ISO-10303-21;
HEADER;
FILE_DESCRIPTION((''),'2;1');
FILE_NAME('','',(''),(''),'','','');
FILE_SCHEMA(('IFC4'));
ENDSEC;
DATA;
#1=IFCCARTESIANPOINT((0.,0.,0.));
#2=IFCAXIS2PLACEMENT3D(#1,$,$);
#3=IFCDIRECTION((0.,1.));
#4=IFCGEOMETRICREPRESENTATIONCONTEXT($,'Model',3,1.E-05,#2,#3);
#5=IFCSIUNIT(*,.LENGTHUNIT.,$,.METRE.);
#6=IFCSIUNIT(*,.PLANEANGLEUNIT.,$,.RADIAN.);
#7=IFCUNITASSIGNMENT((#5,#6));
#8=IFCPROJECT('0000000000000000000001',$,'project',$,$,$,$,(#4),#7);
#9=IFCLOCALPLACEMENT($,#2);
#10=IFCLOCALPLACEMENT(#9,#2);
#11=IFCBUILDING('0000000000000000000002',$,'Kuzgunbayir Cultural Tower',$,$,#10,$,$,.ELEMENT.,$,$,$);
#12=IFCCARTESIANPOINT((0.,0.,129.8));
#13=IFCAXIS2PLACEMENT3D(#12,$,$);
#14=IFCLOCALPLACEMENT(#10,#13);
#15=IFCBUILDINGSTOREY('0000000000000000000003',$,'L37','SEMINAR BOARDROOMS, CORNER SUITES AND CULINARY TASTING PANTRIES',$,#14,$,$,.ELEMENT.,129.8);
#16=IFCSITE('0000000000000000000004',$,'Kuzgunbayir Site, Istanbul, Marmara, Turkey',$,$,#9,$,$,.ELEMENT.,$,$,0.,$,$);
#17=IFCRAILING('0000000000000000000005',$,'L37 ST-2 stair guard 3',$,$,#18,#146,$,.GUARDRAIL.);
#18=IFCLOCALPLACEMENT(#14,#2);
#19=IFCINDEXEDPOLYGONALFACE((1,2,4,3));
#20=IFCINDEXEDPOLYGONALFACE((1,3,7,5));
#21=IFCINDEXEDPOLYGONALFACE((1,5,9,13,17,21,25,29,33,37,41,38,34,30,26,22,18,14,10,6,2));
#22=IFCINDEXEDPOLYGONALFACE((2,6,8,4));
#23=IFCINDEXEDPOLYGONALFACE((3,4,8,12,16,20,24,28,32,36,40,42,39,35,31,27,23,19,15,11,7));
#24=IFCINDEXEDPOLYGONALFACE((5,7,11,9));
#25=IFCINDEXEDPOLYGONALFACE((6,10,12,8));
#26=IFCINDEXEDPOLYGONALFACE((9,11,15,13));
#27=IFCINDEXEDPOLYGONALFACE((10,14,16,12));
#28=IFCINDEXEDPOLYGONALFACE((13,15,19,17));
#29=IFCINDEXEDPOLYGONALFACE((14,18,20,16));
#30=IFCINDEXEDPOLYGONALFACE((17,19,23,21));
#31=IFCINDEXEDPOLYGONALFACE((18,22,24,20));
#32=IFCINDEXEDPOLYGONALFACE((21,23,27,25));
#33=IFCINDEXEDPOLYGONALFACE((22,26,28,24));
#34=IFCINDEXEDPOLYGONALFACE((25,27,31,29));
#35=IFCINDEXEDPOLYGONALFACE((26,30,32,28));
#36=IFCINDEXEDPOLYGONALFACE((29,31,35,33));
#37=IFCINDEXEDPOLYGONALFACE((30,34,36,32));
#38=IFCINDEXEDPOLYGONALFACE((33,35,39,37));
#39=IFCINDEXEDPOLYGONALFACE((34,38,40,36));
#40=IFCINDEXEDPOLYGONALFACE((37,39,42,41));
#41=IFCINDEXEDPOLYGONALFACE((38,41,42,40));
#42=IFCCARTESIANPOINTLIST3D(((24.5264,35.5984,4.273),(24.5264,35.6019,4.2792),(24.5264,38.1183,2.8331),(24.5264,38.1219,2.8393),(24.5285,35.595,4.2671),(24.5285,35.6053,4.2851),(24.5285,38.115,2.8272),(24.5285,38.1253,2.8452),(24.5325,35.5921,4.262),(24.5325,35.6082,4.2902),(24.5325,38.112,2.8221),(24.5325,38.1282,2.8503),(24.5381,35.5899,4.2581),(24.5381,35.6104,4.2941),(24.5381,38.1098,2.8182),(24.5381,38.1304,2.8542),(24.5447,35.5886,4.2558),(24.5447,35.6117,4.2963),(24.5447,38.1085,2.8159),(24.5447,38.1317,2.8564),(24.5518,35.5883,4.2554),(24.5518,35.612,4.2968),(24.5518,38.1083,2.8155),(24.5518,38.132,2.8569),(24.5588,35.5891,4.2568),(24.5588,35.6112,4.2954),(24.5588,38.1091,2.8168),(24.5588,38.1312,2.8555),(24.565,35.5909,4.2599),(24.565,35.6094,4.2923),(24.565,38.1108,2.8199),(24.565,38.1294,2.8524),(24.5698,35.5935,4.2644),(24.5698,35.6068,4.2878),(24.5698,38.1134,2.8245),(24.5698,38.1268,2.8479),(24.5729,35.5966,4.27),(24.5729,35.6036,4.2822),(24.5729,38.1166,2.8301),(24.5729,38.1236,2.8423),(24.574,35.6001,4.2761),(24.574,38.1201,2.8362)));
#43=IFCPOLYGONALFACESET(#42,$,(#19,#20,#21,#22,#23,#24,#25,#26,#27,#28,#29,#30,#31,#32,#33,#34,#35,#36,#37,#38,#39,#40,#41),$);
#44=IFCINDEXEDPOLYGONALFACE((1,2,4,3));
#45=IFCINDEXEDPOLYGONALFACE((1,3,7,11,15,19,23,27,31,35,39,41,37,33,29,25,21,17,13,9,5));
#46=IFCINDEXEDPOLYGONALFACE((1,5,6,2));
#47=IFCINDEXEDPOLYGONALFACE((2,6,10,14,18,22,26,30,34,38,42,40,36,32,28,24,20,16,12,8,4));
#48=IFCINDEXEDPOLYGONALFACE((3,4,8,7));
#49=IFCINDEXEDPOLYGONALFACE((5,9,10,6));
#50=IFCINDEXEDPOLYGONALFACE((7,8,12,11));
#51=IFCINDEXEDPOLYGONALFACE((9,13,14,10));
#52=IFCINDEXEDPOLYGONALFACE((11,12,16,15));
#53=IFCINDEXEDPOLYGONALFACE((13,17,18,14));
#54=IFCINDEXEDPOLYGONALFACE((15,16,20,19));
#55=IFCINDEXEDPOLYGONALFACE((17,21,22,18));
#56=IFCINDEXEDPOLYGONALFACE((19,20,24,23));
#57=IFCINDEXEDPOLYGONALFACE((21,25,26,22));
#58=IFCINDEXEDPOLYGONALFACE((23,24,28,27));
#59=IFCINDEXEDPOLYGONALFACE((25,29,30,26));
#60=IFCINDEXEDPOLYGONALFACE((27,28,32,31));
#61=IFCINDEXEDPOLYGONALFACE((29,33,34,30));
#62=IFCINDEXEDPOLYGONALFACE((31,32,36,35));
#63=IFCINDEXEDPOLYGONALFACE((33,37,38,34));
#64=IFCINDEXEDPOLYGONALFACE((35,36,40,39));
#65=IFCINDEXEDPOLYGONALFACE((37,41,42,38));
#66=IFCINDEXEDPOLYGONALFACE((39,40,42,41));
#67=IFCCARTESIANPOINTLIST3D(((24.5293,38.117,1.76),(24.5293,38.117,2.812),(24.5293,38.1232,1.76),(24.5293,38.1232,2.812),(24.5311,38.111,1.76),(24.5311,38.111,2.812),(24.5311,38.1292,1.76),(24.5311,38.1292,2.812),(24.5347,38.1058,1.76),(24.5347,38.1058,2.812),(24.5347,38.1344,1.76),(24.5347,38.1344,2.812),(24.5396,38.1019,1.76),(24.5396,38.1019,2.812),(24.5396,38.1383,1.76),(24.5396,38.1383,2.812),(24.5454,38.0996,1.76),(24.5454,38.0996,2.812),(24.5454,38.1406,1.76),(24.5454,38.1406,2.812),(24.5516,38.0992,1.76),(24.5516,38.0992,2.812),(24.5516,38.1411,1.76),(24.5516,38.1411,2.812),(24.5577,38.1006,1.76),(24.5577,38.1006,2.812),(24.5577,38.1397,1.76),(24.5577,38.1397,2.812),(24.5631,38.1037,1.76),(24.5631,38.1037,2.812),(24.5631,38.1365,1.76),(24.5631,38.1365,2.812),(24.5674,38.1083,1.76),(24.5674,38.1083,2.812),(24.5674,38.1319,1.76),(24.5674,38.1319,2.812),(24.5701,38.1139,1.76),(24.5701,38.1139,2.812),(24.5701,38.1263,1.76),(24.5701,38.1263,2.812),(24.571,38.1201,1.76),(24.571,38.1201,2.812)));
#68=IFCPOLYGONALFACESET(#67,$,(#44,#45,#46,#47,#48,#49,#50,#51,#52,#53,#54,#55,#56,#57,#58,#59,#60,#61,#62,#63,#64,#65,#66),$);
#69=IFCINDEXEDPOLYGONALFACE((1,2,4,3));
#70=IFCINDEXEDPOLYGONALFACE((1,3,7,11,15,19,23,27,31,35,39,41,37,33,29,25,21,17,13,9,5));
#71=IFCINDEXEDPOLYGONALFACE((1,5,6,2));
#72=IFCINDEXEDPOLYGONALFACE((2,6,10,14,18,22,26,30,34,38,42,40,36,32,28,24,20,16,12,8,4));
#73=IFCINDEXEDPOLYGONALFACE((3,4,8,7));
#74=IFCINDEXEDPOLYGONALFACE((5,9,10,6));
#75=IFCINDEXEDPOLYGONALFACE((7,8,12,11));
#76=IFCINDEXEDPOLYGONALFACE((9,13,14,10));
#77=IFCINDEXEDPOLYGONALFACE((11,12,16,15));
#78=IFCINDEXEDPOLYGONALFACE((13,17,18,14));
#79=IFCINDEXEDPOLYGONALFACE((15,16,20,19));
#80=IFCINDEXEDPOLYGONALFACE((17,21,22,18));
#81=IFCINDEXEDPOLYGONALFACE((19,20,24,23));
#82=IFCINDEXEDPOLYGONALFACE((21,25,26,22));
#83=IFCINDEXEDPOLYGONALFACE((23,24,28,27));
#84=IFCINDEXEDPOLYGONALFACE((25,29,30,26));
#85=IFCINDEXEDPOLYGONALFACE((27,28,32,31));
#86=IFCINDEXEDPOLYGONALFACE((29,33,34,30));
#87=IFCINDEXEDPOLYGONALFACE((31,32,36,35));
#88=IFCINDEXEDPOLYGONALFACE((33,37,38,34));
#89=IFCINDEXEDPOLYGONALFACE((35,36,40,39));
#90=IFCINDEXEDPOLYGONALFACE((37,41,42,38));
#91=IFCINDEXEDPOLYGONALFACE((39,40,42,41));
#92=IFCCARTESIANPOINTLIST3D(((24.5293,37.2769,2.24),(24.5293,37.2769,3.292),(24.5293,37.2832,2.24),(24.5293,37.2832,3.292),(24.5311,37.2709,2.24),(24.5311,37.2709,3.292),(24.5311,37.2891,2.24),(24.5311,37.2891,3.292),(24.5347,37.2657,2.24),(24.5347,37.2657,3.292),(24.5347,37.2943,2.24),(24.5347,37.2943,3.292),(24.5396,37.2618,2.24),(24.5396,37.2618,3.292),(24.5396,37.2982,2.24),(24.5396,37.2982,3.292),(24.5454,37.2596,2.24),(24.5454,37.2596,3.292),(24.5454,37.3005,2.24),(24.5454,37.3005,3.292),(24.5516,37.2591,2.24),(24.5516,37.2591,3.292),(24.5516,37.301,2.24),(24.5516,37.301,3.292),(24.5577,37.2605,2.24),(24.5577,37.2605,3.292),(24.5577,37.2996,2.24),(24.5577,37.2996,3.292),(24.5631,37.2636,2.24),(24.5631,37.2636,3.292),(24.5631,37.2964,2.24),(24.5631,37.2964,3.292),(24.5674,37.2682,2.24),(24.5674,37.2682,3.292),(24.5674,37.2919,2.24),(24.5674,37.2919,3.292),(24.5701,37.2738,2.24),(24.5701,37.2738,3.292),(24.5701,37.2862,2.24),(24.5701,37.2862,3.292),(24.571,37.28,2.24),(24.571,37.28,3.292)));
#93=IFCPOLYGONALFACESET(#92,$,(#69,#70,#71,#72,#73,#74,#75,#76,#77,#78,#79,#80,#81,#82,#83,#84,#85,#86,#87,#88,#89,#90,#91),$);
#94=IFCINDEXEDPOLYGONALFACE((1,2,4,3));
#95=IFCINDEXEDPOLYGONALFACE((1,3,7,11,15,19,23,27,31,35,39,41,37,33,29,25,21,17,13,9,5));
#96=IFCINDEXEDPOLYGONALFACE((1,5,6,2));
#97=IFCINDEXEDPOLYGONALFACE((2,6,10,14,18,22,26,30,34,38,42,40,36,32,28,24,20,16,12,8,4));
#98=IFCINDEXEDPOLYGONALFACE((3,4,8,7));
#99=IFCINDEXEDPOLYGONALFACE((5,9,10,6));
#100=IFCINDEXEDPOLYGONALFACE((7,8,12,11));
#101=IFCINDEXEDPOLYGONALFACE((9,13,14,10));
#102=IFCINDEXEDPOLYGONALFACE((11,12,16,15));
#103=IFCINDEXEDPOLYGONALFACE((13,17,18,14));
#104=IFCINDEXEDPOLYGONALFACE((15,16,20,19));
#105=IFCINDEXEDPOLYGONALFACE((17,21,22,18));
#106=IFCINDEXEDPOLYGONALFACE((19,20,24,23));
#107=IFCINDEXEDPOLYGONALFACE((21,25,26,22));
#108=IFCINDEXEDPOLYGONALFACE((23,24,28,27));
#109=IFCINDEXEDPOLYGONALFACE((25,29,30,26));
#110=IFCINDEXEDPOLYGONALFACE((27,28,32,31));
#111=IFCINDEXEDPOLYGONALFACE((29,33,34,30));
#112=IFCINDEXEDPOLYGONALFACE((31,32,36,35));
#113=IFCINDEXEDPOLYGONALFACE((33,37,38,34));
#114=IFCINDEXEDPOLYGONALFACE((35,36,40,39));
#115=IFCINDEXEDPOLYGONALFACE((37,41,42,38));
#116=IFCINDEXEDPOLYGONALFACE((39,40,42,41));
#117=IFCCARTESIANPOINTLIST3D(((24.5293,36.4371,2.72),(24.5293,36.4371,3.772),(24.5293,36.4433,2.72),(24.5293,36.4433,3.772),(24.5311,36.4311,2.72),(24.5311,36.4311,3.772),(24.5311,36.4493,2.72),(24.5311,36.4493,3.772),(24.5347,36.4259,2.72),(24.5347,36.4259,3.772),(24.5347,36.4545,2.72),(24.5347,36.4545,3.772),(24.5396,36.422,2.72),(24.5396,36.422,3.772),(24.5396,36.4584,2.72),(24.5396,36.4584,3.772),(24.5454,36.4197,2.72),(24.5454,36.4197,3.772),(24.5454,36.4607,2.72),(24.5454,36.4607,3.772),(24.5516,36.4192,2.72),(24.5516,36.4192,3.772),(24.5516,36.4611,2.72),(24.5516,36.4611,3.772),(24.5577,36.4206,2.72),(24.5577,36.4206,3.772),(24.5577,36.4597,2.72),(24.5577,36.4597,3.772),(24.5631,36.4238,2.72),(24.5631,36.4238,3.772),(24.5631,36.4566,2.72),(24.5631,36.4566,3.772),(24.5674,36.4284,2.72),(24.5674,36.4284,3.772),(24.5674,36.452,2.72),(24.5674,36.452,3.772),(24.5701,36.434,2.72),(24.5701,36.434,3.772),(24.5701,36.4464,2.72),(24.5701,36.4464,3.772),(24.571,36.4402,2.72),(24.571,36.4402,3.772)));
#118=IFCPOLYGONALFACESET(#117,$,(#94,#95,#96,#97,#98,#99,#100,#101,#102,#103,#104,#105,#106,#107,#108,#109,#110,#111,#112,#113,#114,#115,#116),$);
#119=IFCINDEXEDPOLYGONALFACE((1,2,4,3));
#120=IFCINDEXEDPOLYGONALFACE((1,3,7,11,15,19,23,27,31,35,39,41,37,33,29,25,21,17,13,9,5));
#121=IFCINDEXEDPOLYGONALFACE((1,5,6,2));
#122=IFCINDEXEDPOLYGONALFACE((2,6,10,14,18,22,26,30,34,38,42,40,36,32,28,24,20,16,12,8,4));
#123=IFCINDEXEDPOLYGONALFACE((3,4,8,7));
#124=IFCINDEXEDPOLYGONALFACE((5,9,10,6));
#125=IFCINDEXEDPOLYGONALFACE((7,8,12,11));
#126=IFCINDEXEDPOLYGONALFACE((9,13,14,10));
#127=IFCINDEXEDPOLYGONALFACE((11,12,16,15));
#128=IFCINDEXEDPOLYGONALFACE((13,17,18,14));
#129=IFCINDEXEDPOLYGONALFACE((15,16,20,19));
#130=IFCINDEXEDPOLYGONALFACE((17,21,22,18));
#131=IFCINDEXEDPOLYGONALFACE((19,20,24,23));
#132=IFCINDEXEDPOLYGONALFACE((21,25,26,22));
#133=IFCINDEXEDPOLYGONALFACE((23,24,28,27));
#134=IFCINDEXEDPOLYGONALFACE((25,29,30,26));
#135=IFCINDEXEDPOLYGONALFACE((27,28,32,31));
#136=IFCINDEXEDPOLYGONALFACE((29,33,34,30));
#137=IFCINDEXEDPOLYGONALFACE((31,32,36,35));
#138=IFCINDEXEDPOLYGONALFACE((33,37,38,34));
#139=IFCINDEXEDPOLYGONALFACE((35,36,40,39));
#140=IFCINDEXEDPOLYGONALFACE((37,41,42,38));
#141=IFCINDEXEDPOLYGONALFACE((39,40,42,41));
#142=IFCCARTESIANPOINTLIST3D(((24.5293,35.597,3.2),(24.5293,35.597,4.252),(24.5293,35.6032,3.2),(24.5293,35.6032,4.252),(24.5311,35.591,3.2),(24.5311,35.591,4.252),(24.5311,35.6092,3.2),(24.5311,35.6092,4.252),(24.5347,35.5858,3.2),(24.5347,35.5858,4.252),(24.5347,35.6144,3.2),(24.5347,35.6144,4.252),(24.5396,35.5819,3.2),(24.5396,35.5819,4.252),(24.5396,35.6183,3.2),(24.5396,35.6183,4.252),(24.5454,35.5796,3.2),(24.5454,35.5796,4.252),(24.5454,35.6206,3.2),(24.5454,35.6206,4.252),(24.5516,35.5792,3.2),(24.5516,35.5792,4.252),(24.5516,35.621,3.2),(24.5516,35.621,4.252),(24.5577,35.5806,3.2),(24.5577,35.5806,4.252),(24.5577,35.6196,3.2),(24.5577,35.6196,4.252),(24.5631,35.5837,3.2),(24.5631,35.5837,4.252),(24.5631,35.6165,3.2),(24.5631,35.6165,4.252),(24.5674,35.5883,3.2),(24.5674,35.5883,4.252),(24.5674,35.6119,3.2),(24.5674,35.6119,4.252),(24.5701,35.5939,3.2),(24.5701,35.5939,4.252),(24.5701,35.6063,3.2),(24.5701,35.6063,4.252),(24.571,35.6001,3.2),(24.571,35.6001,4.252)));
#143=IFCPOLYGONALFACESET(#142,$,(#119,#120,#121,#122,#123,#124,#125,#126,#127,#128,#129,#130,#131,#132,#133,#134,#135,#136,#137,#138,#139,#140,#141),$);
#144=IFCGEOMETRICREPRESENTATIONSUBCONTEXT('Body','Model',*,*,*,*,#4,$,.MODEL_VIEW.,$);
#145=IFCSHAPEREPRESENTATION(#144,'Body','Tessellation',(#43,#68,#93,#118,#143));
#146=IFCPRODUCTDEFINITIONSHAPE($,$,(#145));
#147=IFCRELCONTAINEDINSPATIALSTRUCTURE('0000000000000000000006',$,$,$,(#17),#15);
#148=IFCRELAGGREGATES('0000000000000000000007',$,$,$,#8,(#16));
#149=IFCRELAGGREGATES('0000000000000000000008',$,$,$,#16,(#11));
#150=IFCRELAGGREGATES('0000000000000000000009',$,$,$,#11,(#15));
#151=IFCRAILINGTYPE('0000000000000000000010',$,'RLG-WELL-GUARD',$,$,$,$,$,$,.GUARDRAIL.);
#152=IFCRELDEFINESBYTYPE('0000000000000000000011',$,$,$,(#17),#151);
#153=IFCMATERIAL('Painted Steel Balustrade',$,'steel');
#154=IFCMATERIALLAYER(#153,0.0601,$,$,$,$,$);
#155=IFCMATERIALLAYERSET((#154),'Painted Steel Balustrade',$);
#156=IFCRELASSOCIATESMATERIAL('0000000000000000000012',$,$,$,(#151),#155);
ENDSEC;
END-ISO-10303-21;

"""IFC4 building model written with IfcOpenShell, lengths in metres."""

from ifc_helpers import new_model, si_unit, direction, frame, origin, origin_2d, place, context, subcontext, project, spatial, circle, extrude, material, layer, layer_set, type_object, element, save


model = new_model("IFC4")

# Units and contexts
model_context = context("Model", 3, precision=1e-05, world=origin(), true_north=direction((0.0, 1.0)))
body_context = subcontext(model_context, "Body", "Model", "MODEL_VIEW")
ifc_project = project(units=[si_unit("LENGTHUNIT", "METRE"), si_unit("PLANEANGLEUNIT", "RADIAN")], contexts=[model_context])

# Site, building, storey
site_placement = place(None, origin())
site = spatial("IfcSite", under=ifc_project, at=site_placement, Name="Kuzgunbayir Site, Istanbul, Marmara, Turkey", CompositionType="ELEMENT", RefElevation=0.0)
building_placement = place(site_placement, origin())
building = spatial("IfcBuilding", under=site, at=building_placement, Name="Kuzgunbayir Cultural Tower", CompositionType="ELEMENT")
storey_placement = place(building_placement, frame((0.0, 0.0, 129.8)))
storey = spatial("IfcBuildingStorey", under=building, at=storey_placement, Name="L37", Description="SEMINAR BOARDROOMS, CORNER SUITES AND CULINARY TASTING PANTRIES", CompositionType="ELEMENT", Elevation=129.8)

# Railing
ifc_material_1 = material(Name="Painted Steel Balustrade", Category="steel")
ifc_layer_1 = layer(ifc_material_1, 0.0601)
ifc_layer_set_1 = layer_set([ifc_layer_1], Name="Painted Steel Balustrade")
railing_type_1 = type_object("IfcRailingType", Name="RLG-WELL-GUARD", PredefinedType="GUARDRAIL", material=ifc_layer_set_1)
railing_1_placement = place(storey_placement, frame((24.55, 38.1201, 1.76)))
element("IfcRailing", 1, at=railing_1_placement, inside=storey, type_object=railing_type_1, Name="L37 ST-2 stair guard 3", PredefinedType="GUARDRAIL", context=body_context, shape_type="SweptSolid", body=[
    extrude(circle(Radius=0.0239, at=origin_2d()), frame((0.0, 0.0, 1.0762), z_axis=(0.0, -0.868253, 0.496121), x_axis=(1.0, 0.0, 0.0)), (0.0, 0.0, 1.0), 2.9023),
    extrude(circle(Radius=0.021, at=origin_2d()), origin(), (0.0, 0.0, 1.0), 1.052),
    extrude(circle(Radius=0.021, at=origin_2d()), frame((0.0, -0.8401, 0.48)), (0.0, 0.0, 1.0), 1.052),
    extrude(circle(Radius=0.021, at=origin_2d()), frame((0.0, -1.6799, 0.96)), (0.0, 0.0, 1.0), 1.052),
    extrude(circle(Radius=0.021, at=origin_2d()), frame((0.0, -2.52, 1.4399)), (0.0, 0.0, 1.0), 1.052),
])

save(model, "model.ifc")
